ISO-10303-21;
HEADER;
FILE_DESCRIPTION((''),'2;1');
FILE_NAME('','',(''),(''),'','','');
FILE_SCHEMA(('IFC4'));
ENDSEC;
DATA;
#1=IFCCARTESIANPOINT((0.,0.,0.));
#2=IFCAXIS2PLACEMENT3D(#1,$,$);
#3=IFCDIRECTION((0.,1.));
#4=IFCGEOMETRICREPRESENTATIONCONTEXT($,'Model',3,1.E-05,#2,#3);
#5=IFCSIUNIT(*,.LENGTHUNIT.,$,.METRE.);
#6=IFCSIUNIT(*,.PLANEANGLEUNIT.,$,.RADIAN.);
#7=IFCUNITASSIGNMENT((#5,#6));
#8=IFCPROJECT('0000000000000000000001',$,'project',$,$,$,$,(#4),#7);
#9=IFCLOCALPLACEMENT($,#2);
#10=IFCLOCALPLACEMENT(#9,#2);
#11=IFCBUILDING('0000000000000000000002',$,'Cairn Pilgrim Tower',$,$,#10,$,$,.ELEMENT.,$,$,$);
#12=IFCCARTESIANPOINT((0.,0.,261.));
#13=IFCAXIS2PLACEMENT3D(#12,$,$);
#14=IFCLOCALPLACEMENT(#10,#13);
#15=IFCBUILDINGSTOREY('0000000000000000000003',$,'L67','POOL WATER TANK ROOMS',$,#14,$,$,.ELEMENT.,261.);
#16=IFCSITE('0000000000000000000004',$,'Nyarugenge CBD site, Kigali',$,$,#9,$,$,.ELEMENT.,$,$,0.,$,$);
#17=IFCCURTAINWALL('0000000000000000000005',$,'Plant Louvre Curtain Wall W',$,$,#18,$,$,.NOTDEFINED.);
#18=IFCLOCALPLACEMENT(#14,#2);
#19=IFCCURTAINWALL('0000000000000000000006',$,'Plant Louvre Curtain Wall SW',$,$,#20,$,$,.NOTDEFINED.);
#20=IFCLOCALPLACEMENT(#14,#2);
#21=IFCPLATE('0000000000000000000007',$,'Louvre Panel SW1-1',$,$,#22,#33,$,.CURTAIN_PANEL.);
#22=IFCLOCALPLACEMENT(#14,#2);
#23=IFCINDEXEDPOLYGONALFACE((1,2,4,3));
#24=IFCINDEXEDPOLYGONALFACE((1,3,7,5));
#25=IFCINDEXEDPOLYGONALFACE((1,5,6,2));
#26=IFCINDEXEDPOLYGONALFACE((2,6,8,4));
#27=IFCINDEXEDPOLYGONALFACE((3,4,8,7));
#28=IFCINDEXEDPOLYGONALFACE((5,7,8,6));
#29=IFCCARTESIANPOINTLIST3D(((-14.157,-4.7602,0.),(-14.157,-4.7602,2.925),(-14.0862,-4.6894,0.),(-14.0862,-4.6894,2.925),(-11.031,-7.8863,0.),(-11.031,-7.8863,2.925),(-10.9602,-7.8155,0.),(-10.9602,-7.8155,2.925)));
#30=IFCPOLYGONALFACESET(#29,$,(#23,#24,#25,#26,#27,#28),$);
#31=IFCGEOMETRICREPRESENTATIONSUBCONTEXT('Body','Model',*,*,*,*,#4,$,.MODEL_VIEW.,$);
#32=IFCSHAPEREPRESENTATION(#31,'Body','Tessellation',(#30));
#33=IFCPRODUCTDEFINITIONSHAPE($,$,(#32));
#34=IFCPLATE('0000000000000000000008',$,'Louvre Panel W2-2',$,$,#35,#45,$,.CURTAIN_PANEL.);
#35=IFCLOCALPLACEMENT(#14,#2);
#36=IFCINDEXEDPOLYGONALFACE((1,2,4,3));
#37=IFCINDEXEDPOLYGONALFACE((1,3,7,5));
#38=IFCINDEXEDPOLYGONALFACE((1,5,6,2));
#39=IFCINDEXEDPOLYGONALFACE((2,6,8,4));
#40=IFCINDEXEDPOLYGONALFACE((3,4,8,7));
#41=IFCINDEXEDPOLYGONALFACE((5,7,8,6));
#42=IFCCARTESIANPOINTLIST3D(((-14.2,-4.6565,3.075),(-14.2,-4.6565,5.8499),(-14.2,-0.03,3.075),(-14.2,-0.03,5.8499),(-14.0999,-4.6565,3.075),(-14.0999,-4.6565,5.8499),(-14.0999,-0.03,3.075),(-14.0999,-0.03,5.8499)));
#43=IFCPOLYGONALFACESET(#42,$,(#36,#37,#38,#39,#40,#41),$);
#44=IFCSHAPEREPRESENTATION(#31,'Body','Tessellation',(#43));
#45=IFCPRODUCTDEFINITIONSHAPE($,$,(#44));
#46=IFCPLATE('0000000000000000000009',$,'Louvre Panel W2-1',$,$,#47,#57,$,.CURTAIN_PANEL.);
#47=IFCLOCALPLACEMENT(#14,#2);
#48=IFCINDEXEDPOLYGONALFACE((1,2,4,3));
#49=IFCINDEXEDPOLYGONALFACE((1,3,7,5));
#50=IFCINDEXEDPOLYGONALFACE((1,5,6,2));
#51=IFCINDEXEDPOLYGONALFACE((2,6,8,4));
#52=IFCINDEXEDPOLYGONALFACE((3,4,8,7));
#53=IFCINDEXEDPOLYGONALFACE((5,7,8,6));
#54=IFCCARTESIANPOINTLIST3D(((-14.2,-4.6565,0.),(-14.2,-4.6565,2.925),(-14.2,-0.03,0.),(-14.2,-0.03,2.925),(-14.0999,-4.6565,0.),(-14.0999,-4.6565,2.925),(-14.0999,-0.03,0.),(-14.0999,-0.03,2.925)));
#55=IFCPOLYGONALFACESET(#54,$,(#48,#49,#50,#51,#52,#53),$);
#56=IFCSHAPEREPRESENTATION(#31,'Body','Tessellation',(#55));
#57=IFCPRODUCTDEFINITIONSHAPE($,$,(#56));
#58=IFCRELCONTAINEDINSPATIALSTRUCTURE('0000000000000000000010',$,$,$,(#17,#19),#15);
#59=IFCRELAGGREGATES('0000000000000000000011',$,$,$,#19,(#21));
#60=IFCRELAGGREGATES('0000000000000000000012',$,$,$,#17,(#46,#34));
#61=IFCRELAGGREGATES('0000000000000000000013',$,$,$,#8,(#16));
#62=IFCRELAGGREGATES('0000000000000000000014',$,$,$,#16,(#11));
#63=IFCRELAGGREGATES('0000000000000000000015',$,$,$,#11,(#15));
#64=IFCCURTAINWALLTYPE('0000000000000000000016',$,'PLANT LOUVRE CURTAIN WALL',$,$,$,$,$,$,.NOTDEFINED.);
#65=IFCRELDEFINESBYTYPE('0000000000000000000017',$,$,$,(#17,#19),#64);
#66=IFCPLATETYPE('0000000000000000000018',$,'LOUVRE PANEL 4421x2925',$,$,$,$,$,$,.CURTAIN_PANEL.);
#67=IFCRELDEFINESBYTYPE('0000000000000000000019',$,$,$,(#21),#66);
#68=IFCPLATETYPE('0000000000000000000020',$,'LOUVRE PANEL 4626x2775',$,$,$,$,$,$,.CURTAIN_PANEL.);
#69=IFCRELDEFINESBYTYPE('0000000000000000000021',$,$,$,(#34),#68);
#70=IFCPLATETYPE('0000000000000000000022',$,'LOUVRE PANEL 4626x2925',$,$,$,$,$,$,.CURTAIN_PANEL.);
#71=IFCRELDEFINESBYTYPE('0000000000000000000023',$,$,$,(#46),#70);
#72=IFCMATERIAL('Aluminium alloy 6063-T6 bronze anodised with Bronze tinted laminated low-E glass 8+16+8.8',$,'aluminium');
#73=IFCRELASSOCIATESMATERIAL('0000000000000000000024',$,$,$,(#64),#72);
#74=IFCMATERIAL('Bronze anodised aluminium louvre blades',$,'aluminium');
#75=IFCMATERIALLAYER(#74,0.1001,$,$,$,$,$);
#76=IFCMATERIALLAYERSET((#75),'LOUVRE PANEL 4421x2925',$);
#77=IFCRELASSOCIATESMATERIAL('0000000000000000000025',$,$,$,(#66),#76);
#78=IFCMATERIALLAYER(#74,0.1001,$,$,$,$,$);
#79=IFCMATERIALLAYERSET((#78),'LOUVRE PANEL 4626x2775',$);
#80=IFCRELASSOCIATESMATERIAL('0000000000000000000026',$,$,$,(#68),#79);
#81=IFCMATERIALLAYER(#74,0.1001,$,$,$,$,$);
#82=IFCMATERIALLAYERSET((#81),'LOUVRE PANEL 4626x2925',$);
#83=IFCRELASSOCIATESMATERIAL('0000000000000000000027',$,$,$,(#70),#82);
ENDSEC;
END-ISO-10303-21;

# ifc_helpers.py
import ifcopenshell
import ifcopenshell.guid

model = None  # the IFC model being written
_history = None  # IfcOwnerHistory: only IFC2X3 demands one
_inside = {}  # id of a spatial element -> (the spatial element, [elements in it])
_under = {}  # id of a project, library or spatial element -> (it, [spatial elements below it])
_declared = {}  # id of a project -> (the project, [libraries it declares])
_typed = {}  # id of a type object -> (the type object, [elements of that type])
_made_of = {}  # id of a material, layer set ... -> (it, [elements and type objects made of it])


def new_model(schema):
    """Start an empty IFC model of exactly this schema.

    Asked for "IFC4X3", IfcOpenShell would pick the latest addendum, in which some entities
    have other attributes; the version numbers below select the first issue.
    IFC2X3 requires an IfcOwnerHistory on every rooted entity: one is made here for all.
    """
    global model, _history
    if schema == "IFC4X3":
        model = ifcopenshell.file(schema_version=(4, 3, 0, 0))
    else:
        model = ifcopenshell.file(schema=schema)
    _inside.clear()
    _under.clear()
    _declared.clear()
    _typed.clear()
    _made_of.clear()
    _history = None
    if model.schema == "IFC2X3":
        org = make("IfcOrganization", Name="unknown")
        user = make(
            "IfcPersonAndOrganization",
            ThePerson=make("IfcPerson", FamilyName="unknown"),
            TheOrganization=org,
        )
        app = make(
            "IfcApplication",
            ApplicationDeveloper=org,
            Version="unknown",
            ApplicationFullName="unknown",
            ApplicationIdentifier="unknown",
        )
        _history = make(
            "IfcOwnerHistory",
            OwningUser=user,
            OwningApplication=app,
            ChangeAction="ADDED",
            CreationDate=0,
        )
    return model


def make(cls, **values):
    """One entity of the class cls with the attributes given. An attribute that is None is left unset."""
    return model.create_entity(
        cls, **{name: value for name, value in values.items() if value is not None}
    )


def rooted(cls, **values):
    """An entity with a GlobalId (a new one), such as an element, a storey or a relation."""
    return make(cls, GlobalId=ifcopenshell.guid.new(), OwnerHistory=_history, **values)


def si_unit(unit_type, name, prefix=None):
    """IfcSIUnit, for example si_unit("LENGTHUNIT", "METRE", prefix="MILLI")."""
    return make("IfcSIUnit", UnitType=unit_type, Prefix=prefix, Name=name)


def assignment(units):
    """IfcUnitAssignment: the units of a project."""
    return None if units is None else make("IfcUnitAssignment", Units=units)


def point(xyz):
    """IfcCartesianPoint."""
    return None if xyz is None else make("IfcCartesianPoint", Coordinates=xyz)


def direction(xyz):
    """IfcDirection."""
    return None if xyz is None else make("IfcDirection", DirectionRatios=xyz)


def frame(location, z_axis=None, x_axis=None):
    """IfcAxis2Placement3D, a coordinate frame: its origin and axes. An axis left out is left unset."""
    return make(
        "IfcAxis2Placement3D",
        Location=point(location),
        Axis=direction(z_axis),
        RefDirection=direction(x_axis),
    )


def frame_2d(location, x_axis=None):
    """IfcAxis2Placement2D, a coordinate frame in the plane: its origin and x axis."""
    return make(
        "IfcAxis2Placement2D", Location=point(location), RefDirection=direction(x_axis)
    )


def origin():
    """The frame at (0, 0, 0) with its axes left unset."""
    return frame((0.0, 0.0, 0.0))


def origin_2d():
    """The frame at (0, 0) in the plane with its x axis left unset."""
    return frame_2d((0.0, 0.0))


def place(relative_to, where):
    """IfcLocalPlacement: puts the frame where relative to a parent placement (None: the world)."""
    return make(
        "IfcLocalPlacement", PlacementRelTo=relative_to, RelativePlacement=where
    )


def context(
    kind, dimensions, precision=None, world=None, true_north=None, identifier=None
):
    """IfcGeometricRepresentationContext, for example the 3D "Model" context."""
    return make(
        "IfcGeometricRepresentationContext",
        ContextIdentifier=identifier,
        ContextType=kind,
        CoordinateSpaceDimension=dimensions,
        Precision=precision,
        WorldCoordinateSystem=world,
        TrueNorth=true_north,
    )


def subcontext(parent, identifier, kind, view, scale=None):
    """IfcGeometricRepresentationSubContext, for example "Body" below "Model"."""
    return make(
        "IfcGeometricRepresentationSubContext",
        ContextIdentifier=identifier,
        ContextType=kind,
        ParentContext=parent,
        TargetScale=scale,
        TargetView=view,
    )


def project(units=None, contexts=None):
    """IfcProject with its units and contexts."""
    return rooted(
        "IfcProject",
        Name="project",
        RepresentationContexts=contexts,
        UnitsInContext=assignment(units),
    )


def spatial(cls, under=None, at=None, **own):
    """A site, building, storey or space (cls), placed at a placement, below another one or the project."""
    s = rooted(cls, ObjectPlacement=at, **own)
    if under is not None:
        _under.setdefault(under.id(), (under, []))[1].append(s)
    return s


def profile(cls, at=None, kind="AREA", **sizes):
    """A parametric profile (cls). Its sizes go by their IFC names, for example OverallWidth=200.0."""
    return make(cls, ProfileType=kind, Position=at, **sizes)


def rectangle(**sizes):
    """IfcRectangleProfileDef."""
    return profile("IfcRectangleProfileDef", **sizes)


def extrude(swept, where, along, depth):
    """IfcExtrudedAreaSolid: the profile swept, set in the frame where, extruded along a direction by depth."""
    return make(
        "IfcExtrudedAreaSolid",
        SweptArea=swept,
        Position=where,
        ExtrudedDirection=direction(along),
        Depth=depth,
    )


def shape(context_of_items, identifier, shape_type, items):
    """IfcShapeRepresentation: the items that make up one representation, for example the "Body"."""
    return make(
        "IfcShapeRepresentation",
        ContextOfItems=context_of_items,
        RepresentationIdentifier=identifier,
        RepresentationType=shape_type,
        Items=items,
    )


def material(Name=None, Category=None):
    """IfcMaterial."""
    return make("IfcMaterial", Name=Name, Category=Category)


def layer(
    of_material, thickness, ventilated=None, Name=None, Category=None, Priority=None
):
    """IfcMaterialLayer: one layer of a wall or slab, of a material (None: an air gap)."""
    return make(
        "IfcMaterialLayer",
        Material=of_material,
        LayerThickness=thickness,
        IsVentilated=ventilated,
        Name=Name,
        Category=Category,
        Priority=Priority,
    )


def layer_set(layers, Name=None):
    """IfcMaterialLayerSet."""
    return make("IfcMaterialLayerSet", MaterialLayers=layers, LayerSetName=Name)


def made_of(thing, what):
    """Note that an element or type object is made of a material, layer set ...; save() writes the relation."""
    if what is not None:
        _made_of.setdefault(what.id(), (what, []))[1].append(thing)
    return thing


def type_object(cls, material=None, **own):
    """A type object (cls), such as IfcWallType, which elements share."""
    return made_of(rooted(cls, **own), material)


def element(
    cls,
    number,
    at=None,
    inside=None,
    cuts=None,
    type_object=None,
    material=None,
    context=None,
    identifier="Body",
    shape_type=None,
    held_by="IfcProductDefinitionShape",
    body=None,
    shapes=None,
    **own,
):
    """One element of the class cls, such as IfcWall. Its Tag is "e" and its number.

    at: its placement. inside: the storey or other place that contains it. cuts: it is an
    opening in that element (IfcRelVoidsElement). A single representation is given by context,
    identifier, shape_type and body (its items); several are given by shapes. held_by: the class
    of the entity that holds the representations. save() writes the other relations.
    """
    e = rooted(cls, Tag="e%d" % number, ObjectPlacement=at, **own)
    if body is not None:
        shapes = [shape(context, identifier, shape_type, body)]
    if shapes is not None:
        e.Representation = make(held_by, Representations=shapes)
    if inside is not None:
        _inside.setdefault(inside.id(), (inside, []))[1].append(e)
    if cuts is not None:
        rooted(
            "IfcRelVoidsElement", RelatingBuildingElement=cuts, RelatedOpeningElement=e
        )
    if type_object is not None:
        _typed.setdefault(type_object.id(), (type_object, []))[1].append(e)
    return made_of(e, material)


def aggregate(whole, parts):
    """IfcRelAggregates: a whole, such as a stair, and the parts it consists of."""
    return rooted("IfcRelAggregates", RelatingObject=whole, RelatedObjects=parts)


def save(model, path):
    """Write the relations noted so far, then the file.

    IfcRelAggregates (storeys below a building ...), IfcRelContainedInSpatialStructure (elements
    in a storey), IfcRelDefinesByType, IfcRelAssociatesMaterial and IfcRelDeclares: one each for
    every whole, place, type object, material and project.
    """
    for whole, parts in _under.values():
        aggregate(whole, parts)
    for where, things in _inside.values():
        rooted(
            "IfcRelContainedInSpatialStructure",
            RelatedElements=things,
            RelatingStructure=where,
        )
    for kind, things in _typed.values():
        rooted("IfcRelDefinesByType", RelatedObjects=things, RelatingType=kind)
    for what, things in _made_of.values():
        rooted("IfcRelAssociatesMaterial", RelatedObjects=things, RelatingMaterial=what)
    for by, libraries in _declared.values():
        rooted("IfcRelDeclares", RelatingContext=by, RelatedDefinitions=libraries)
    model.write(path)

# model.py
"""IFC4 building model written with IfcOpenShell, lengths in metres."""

from ifc_helpers import new_model, si_unit, direction, frame, origin, origin_2d, place, context, subcontext, project, spatial, rectangle, extrude, material, layer, layer_set, type_object, element, aggregate, save


model = new_model("IFC4")

# Units and contexts
model_context = context("Model", 3, precision=1e-05, world=origin(), true_north=direction((0.0, 1.0)))
body_context = subcontext(model_context, "Body", "Model", "MODEL_VIEW")
ifc_project = project(units=[si_unit("LENGTHUNIT", "METRE"), si_unit("PLANEANGLEUNIT", "RADIAN")], contexts=[model_context])

# Site, building, storey
site_placement = place(None, origin())
site = spatial("IfcSite", under=ifc_project, at=site_placement, Name="Nyarugenge CBD site, Kigali", CompositionType="ELEMENT", RefElevation=0.0)
building_placement = place(site_placement, origin())
building = spatial("IfcBuilding", under=site, at=building_placement, Name="Cairn Pilgrim Tower", CompositionType="ELEMENT")
storey_placement = place(building_placement, frame((0.0, 0.0, 261.0)))
storey = spatial("IfcBuildingStorey", under=building, at=storey_placement, Name="L67", Description="POOL WATER TANK ROOMS", CompositionType="ELEMENT", Elevation=261.0)

# Curtain walls
ifc_material_1 = material(Name="Aluminium alloy 6063-T6 bronze anodised with Bronze tinted laminated low-E glass 8+16+8.8", Category="aluminium")
curtain_wall_type = type_object("IfcCurtainWallType", Name="PLANT LOUVRE CURTAIN WALL", PredefinedType="NOTDEFINED", material=ifc_material_1)
curtain_wall_1_placement = place(storey_placement, origin())
curtain_wall_1 = element("IfcCurtainWall", 1, at=curtain_wall_1_placement, inside=storey, type_object=curtain_wall_type, Name="Plant Louvre Curtain Wall W", PredefinedType="NOTDEFINED")
curtain_wall_2_placement = place(storey_placement, origin())
curtain_wall_2 = element("IfcCurtainWall", 2, at=curtain_wall_2_placement, inside=storey, type_object=curtain_wall_type, Name="Plant Louvre Curtain Wall SW", PredefinedType="NOTDEFINED")

# Plates
ifc_material_2 = material(Name="Bronze anodised aluminium louvre blades", Category="aluminium")
ifc_layer_1 = layer(ifc_material_2, 0.1001)
ifc_layer_set_1 = layer_set([ifc_layer_1], Name="LOUVRE PANEL 4421x2925")
plate_type_1 = type_object("IfcPlateType", Name="LOUVRE PANEL 4421x2925", PredefinedType="CURTAIN_PANEL", material=ifc_layer_set_1)
plate_1_placement = place(storey_placement, frame((-12.5586, -6.2878, 0.0), z_axis=(0.0, 0.0, 1.0), x_axis=(0.707107, -0.707107, 0.0)))
plate_1 = element("IfcPlate", 3, at=plate_1_placement, type_object=plate_type_1, Name="Louvre Panel SW1-1", PredefinedType="CURTAIN_PANEL", context=body_context, shape_type="SweptSolid", body=[
    extrude(rectangle(XDim=4.4209, YDim=0.1001, at=origin_2d()), origin(), (0.0, 0.0, 1.0), 2.925),
])
aggregate(curtain_wall_2, [plate_1])
ifc_layer_2 = layer(ifc_material_2, 0.1001)
ifc_layer_set_2 = layer_set([ifc_layer_2], Name="LOUVRE PANEL 4626x2775")
plate_type_2 = type_object("IfcPlateType", Name="LOUVRE PANEL 4626x2775", PredefinedType="CURTAIN_PANEL", material=ifc_layer_set_2)
plate_2_placement = place(storey_placement, frame((-14.1499, -2.3433, 3.075), z_axis=(0.0, 0.0, 1.0), x_axis=(0.0, -1.0, 0.0)))
plate_2 = element("IfcPlate", 4, at=plate_2_placement, type_object=plate_type_2, Name="Louvre Panel W2-2", PredefinedType="CURTAIN_PANEL", context=body_context, shape_type="SweptSolid", body=[
    extrude(rectangle(XDim=4.6265, YDim=0.1001, at=origin_2d()), origin(), (0.0, 0.0, 1.0), 2.7749),
])
ifc_layer_3 = layer(ifc_material_2, 0.1001)
ifc_layer_set_3 = layer_set([ifc_layer_3], Name="LOUVRE PANEL 4626x2925")
plate_type_3 = type_object("IfcPlateType", Name="LOUVRE PANEL 4626x2925", PredefinedType="CURTAIN_PANEL", material=ifc_layer_set_3)
plate_3_placement = place(storey_placement, frame((-14.1499, -2.3433, 0.0), z_axis=(0.0, 0.0, 1.0), x_axis=(0.0, -1.0, 0.0)))
plate_3 = element("IfcPlate", 5, at=plate_3_placement, type_object=plate_type_3, Name="Louvre Panel W2-1", PredefinedType="CURTAIN_PANEL", context=body_context, shape_type="SweptSolid", body=[
    extrude(rectangle(XDim=4.6265, YDim=0.1001, at=origin_2d()), origin(), (0.0, 0.0, 1.0), 2.925),
])
aggregate(curtain_wall_1, [plate_3, plate_2])

save(model, "model.ifc")
